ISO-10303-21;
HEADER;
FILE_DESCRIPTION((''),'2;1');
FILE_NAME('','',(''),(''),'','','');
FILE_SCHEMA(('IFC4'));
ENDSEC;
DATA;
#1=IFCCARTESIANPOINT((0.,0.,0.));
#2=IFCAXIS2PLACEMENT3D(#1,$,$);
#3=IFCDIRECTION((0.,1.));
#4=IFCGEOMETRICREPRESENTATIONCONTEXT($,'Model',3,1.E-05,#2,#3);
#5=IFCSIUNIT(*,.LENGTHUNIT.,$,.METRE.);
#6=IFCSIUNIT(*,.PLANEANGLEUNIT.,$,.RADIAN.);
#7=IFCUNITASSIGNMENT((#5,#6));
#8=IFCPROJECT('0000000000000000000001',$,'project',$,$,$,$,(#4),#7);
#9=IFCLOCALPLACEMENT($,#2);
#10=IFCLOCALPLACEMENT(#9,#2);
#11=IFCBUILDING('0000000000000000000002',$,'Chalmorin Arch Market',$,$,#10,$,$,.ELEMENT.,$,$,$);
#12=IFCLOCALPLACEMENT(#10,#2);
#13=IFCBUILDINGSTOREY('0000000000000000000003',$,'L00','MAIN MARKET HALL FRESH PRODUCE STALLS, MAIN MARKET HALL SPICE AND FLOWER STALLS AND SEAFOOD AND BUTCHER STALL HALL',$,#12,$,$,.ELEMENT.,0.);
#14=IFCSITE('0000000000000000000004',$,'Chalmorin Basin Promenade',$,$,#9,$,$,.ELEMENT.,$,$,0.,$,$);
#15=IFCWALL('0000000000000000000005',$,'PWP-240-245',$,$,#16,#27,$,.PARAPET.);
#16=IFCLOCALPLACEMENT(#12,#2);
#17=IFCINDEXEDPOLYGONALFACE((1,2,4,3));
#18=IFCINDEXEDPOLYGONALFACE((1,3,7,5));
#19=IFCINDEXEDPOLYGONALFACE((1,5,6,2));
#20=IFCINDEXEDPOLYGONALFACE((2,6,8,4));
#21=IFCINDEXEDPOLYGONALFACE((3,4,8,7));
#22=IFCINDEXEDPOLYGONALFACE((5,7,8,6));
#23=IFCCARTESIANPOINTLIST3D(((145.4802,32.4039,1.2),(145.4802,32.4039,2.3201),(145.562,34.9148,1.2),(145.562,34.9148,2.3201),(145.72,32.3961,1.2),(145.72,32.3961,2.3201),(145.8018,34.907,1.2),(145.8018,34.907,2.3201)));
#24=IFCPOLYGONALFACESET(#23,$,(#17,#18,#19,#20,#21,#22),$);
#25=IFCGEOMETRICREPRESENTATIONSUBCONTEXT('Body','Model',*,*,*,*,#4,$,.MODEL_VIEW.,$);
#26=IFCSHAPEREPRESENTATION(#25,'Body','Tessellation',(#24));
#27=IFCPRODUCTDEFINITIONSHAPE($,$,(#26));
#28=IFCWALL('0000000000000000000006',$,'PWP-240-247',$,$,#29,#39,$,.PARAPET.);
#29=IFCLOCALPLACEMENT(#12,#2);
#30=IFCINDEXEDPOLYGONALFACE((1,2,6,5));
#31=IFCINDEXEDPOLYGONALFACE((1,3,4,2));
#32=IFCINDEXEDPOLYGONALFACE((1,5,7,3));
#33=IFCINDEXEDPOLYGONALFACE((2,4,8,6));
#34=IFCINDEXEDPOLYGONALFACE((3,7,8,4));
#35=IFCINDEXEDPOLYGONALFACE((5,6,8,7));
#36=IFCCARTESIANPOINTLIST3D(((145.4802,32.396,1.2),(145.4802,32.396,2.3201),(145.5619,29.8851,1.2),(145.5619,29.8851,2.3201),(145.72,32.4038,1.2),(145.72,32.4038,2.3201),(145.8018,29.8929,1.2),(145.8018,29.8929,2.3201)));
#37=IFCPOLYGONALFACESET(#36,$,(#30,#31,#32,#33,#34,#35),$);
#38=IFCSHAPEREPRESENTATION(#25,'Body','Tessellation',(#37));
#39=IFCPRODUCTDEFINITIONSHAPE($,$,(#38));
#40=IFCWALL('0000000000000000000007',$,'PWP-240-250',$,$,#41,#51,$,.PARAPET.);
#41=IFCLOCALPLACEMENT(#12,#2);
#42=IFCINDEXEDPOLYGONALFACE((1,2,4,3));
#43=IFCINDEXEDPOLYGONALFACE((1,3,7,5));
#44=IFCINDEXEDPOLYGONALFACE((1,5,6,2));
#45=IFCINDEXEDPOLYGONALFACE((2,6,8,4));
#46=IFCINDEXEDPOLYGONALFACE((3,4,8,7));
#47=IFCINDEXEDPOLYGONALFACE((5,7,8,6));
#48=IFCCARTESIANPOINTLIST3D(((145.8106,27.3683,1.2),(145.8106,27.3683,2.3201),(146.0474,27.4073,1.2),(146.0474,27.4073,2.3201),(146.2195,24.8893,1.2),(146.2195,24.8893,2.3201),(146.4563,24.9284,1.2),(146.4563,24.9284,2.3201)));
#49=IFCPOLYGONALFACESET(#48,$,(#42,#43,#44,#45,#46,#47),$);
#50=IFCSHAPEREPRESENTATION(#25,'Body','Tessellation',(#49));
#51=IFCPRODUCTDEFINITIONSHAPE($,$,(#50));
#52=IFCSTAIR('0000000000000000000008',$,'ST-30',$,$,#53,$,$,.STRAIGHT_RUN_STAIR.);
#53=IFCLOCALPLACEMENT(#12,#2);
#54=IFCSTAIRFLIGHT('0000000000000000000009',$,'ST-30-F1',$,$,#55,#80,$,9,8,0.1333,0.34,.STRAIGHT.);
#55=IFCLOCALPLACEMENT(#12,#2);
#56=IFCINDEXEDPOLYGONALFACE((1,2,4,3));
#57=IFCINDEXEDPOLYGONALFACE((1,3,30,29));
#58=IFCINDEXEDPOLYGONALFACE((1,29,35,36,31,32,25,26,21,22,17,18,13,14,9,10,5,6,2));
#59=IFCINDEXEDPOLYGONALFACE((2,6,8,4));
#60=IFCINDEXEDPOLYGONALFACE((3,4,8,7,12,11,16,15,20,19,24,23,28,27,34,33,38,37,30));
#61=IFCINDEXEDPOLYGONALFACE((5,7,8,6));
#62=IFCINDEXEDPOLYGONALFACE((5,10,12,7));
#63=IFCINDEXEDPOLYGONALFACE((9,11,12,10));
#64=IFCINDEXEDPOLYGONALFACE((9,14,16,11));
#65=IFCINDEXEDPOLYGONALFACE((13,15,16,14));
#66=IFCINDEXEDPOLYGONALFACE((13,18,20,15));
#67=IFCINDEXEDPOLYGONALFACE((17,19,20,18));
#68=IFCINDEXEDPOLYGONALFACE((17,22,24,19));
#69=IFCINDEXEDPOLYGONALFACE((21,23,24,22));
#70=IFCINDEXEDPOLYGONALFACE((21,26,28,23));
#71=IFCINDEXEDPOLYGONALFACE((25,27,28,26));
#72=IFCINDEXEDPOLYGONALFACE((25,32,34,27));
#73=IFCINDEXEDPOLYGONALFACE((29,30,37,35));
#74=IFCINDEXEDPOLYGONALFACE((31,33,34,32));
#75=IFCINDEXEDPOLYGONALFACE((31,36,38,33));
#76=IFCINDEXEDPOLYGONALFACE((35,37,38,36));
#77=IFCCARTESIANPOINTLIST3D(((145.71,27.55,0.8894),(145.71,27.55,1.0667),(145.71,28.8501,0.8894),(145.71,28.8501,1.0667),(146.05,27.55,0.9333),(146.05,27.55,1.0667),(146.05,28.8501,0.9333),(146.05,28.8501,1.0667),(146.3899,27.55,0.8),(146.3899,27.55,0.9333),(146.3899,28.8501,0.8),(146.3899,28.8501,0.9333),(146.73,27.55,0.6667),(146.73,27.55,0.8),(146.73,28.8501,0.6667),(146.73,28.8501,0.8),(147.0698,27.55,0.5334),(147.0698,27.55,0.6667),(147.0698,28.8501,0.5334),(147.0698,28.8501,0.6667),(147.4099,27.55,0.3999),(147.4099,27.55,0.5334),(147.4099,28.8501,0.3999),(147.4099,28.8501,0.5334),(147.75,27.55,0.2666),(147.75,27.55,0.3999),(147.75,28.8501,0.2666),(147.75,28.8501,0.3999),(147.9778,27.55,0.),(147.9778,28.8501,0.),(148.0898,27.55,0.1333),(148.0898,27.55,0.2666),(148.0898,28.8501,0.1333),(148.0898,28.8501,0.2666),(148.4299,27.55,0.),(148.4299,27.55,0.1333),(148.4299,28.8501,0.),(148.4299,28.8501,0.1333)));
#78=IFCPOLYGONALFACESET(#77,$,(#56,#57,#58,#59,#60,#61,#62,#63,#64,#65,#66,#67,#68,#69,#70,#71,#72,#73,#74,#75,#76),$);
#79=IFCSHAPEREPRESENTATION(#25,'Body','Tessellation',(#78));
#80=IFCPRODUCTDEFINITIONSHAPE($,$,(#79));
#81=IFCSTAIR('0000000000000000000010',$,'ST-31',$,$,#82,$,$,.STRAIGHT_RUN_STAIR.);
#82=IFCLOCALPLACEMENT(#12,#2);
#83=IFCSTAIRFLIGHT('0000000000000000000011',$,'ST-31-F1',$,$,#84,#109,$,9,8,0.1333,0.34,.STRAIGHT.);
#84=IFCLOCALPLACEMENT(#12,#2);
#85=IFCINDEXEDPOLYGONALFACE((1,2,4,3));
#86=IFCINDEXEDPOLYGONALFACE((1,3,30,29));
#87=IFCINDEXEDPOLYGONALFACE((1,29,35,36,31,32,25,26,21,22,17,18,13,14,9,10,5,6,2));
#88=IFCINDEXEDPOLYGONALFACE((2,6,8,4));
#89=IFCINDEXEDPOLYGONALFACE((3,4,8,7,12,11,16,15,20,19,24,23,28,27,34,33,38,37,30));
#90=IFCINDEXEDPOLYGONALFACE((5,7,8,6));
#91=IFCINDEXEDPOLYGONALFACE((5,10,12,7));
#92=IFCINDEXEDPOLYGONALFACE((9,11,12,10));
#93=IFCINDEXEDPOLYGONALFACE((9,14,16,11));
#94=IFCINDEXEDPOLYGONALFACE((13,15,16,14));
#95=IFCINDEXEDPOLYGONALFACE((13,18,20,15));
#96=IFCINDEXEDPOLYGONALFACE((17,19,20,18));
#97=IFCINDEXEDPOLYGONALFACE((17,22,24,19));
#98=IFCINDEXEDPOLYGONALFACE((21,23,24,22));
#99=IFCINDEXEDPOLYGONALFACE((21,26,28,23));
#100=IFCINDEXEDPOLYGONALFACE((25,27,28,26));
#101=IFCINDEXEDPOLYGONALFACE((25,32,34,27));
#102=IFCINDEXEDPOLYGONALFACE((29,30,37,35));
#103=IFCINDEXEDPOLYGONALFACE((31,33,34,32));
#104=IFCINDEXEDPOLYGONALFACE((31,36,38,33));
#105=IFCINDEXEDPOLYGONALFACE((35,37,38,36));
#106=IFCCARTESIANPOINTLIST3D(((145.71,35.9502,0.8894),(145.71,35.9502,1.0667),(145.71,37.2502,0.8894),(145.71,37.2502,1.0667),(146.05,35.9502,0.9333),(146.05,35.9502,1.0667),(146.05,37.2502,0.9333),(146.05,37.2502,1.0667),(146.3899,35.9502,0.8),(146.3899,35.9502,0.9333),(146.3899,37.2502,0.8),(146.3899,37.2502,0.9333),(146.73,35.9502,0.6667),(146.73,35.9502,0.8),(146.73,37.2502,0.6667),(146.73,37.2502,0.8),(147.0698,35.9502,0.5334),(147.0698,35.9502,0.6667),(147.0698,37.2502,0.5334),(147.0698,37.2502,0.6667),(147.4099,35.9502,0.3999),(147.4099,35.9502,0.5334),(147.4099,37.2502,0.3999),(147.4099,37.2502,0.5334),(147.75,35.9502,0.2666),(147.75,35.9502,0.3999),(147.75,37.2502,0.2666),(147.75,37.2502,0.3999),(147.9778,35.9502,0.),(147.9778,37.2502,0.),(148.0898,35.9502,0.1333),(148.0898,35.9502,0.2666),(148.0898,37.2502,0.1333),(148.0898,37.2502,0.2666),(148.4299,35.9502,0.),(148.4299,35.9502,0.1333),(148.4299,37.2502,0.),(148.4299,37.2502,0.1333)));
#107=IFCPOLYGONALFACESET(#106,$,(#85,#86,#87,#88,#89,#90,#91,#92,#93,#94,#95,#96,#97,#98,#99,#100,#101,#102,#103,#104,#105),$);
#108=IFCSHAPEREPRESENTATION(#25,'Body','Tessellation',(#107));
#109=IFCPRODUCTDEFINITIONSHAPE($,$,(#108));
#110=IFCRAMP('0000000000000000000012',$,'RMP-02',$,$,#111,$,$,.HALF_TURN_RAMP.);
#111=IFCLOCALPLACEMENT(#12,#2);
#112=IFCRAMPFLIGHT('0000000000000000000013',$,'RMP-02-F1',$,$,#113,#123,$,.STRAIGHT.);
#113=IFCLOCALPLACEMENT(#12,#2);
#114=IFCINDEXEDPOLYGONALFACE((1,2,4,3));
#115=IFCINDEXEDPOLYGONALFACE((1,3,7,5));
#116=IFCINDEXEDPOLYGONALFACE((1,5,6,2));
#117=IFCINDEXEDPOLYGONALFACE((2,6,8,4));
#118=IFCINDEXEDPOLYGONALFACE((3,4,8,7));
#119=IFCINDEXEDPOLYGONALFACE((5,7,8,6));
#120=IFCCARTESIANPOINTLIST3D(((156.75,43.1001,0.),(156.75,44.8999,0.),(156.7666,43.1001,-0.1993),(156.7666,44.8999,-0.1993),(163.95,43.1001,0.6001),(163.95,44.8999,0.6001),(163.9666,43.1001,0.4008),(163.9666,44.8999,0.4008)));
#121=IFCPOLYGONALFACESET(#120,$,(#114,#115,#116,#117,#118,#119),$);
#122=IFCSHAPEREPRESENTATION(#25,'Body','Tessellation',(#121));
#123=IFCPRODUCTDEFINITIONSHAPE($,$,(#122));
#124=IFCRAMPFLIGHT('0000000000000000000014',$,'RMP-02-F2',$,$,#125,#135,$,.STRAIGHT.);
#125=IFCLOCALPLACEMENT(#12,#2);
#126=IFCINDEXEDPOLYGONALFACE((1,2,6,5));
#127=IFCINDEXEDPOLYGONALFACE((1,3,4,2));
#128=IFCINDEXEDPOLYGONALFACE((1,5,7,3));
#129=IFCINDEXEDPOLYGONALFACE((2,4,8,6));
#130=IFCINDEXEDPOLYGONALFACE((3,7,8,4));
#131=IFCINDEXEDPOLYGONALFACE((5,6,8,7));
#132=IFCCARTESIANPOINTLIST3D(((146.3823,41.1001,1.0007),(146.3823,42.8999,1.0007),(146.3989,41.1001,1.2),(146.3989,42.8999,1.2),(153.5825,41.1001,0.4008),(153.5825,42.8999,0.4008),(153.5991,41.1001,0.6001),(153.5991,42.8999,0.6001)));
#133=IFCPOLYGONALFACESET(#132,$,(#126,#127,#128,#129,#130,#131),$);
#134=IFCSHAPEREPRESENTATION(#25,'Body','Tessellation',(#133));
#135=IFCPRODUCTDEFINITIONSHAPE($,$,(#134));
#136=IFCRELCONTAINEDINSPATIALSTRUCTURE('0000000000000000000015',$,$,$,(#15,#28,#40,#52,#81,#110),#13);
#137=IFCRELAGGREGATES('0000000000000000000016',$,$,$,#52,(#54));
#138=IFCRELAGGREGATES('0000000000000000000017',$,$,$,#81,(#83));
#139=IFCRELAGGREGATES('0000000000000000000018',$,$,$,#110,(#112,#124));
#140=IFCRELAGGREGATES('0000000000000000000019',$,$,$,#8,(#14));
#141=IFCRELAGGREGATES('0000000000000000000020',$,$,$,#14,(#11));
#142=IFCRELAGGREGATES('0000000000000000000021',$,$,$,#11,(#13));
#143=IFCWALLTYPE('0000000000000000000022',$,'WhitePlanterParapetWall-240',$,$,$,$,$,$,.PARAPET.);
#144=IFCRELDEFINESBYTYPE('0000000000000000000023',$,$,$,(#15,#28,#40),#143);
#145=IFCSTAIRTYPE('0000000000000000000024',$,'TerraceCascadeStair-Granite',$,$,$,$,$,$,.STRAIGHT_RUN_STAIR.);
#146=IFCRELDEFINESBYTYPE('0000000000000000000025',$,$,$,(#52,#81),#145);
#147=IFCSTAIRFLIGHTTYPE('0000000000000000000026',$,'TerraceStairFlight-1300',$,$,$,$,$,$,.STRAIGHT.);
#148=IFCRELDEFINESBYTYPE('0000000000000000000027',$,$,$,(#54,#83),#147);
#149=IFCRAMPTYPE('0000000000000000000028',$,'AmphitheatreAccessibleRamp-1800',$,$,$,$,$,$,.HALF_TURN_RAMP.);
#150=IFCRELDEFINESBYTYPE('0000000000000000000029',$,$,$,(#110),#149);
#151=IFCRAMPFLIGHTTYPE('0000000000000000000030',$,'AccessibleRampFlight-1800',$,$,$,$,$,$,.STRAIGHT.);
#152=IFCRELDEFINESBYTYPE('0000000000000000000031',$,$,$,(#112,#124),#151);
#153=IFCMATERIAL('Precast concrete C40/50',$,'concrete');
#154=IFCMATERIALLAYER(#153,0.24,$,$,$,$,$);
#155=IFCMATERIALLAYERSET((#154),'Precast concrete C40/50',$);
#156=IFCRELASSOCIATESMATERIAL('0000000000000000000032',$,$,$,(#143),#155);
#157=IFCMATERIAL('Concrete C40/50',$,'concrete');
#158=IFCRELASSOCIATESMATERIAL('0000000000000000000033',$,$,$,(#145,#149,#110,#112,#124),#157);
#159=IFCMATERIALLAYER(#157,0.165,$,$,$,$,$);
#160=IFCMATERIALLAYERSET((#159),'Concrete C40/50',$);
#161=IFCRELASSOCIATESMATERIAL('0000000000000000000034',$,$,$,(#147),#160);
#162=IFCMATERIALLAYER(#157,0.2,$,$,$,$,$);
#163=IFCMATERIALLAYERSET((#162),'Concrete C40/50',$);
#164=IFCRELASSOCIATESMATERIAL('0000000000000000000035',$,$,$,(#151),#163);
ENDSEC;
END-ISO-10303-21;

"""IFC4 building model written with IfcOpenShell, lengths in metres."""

from ifc_helpers import new_model, si_unit, direction, frame, frame_2d, origin, place, context, subcontext, project, spatial, polyline, rectangle, outline, extrude, material, layer, layer_set, type_object, element, aggregate, save


model = new_model("IFC4")

# Units and contexts
model_context = context("Model", 3, precision=1e-05, world=origin(), true_north=direction((0.0, 1.0)))
body_context = subcontext(model_context, "Body", "Model", "MODEL_VIEW")
ifc_project = project(units=[si_unit("LENGTHUNIT", "METRE"), si_unit("PLANEANGLEUNIT", "RADIAN")], contexts=[model_context])

# Site, building, storey
site_placement = place(None, origin())
site = spatial("IfcSite", under=ifc_project, at=site_placement, Name="Chalmorin Basin Promenade", CompositionType="ELEMENT", RefElevation=0.0)
building_placement = place(site_placement, origin())
building = spatial("IfcBuilding", under=site, at=building_placement, Name="Chalmorin Arch Market", CompositionType="ELEMENT")
storey_placement = place(building_placement, origin())
storey = spatial("IfcBuildingStorey", under=building, at=storey_placement, Name="L00", Description="MAIN MARKET HALL FRESH PRODUCE STALLS, MAIN MARKET HALL SPICE AND FLOWER STALLS AND SEAFOOD AND BUTCHER STALL HALL", CompositionType="ELEMENT", Elevation=0.0)

# Shared definitions
ifc_material_1 = material(Name="Concrete C40/50", Category="concrete")

# Walls
ifc_material_2 = material(Name="Precast concrete C40/50", Category="concrete")
ifc_layer_1 = layer(ifc_material_2, 0.24)
ifc_layer_set_1 = layer_set([ifc_layer_1], Name="Precast concrete C40/50")
wall_type_1 = type_object("IfcWallType", Name="WhitePlanterParapetWall-240", PredefinedType="PARAPET", material=ifc_layer_set_1)
for number, where, z_axis, x_axis, name in (
    (1, (145.6819, 34.9109, 1.2), (0.0, 0.0, 1.0), (-0.032554, -0.99947, 0.0), "PWP-240-245"),
    (2, (145.6001, 32.3999, 1.2), (0.0, 0.0, 1.0), (0.032554, -0.99947, 0.0), "PWP-240-247"),
):
    element("IfcWall", number, at=place(storey_placement, frame(where, z_axis=z_axis, x_axis=x_axis)), inside=storey, type_object=wall_type_1, Name=name, PredefinedType="PARAPET", context=body_context, shape_type="SweptSolid", body=[
        extrude(rectangle(XDim=2.5122, YDim=0.24, at=frame_2d((1.2561, 0.0))), origin(), (0.0, 0.0, 1.0), 1.1201),
    ])
wall_1_placement = place(storey_placement, frame((145.929, 27.3879, 1.2), z_axis=(0.0, 0.0, 1.0), x_axis=(0.16276, -0.986666, 0.0)))
element("IfcWall", 3, at=wall_1_placement, inside=storey, type_object=wall_type_1, Name="PWP-240-250", PredefinedType="PARAPET", context=body_context, shape_type="SweptSolid", body=[
    extrude(rectangle(XDim=2.5125, YDim=0.24, at=frame_2d((1.2563, 0.0))), origin(), (0.0, 0.0, 1.0), 1.1201),
])

# Stairs, stair flights
stair_type = type_object("IfcStairType", Name="TerraceCascadeStair-Granite", PredefinedType="STRAIGHT_RUN_STAIR", material=ifc_material_1)
stair_1_placement = place(storey_placement, origin())
stair_1 = element("IfcStair", 4, at=stair_1_placement, inside=storey, type_object=stair_type, Name="ST-30", PredefinedType="STRAIGHT_RUN_STAIR")
ifc_layer_2 = layer(ifc_material_1, 0.165)
ifc_layer_set_2 = layer_set([ifc_layer_2], Name="Concrete C40/50")
stair_flight_type = type_object("IfcStairFlightType", Name="TerraceStairFlight-1300", PredefinedType="STRAIGHT", material=ifc_layer_set_2)
stair_flight_1_placement = place(storey_placement, frame((148.4299, 28.2, 0.0), z_axis=(0.0, 0.0, 1.0), x_axis=(-1.0, 0.0, 0.0)))
stair_flight_1 = element("IfcStairFlight", 5, at=stair_flight_1_placement, type_object=stair_flight_type, Name="ST-30-F1", NumberOfRisers=9, NumberOfTreads=8, PredefinedType="STRAIGHT", RiserHeight=0.1333, TreadLength=0.34, context=body_context, shape_type="SweptSolid", body=[
    extrude(outline(polyline([(0.0, 0.0), (0.0, 0.1333), (0.3401, 0.1333), (0.3401, 0.2666), (0.6799, 0.2666), (0.6799, 0.3999), (1.02, 0.3999), (1.02, 0.5334), (1.3601, 0.5334), (1.3601, 0.6667), (1.7, 0.6667), (1.7, 0.8), (2.04, 0.8), (2.04, 0.9333), (2.3799, 0.9333), (2.3799, 1.0667), (2.72, 1.0667), (2.72, 1.2), (2.72, 0.8894), (0.4521, 0.0), (0.0, 0.0)])), frame((0.0, 0.6499, 0.0), z_axis=(0.0, -1.0, 0.0), x_axis=(1.0, 0.0, 0.0)), (0.0, 0.0, 1.0), 1.3),
])
stair_2_placement = place(storey_placement, origin())
stair_2 = element("IfcStair", 6, at=stair_2_placement, inside=storey, type_object=stair_type, Name="ST-31", PredefinedType="STRAIGHT_RUN_STAIR")
stair_flight_2_placement = place(storey_placement, frame((148.4299, 36.6001, 0.0), z_axis=(0.0, 0.0, 1.0), x_axis=(-1.0, 0.0, 0.0)))
stair_flight_2 = element("IfcStairFlight", 7, at=stair_flight_2_placement, type_object=stair_flight_type, Name="ST-31-F1", NumberOfRisers=9, NumberOfTreads=8, PredefinedType="STRAIGHT", RiserHeight=0.1333, TreadLength=0.34, context=body_context, shape_type="SweptSolid", body=[
    extrude(outline(polyline([(0.0, 0.0), (0.0, 0.1333), (0.3401, 0.1333), (0.3401, 0.2666), (0.6799, 0.2666), (0.6799, 0.3999), (1.02, 0.3999), (1.02, 0.5334), (1.3601, 0.5334), (1.3601, 0.6667), (1.7, 0.6667), (1.7, 0.8), (2.04, 0.8), (2.04, 0.9333), (2.3799, 0.9333), (2.3799, 1.0667), (2.72, 1.0667), (2.72, 1.2), (2.72, 0.8894), (0.4521, 0.0), (0.0, 0.0)])), frame((0.0, 0.6499, 0.0), z_axis=(0.0, -1.0, 0.0), x_axis=(1.0, 0.0, 0.0)), (0.0, 0.0, 1.0), 1.3),
])

# Ramp, ramp flights
ramp_type = type_object("IfcRampType", Name="AmphitheatreAccessibleRamp-1800", PredefinedType="HALF_TURN_RAMP", material=ifc_material_1)
ramp_1_placement = place(storey_placement, origin())
ramp_1 = element("IfcRamp", 8, at=ramp_1_placement, inside=storey, type_object=ramp_type, material=ifc_material_1, Name="RMP-02", PredefinedType="HALF_TURN_RAMP")
ifc_layer_3 = layer(ifc_material_1, 0.2)
ifc_layer_set_3 = layer_set([ifc_layer_3], Name="Concrete C40/50")
ramp_flight_type = type_object("IfcRampFlightType", Name="AccessibleRampFlight-1800", PredefinedType="STRAIGHT", material=ifc_layer_set_3)
ramp_flight_1_placement = place(storey_placement, frame((156.75, 43.1001, 0.0), z_axis=(-0.083059, 0.0, 0.996545), x_axis=(0.996545, 0.0, 0.083059)))
ramp_flight_1 = element("IfcRampFlight", 9, at=ramp_flight_1_placement, type_object=ramp_flight_type, material=ifc_material_1, Name="RMP-02-F1", PredefinedType="STRAIGHT", context=body_context, shape_type="SweptSolid", body=[
    extrude(outline(polyline([(0.0, 0.0), (7.2249, 0.0), (7.2249, 1.7998), (0.0, 1.7998), (0.0, 0.0)])), origin(), (0.0, 0.0, -1.0), 0.2),
])
ramp_flight_2_placement = place(storey_placement, frame((146.3989, 41.1001, 1.2), z_axis=(0.083023, 0.0, 0.996548), x_axis=(0.996548, 0.0, -0.083023)))
ramp_flight_2 = element("IfcRampFlight", 10, at=ramp_flight_2_placement, type_object=ramp_flight_type, material=ifc_material_1, Name="RMP-02-F2", PredefinedType="STRAIGHT", context=body_context, shape_type="SweptSolid", body=[
    extrude(outline(polyline([(0.0, 0.0), (7.2251, 0.0), (7.2251, 1.7998), (0.0, 1.7998), (0.0, 0.0)])), origin(), (0.0, 0.0, -1.0), 0.2),
])

aggregate(stair_1, [stair_flight_1])
aggregate(stair_2, [stair_flight_2])
aggregate(ramp_1, [ramp_flight_1, ramp_flight_2])

save(model, "model.ifc")
